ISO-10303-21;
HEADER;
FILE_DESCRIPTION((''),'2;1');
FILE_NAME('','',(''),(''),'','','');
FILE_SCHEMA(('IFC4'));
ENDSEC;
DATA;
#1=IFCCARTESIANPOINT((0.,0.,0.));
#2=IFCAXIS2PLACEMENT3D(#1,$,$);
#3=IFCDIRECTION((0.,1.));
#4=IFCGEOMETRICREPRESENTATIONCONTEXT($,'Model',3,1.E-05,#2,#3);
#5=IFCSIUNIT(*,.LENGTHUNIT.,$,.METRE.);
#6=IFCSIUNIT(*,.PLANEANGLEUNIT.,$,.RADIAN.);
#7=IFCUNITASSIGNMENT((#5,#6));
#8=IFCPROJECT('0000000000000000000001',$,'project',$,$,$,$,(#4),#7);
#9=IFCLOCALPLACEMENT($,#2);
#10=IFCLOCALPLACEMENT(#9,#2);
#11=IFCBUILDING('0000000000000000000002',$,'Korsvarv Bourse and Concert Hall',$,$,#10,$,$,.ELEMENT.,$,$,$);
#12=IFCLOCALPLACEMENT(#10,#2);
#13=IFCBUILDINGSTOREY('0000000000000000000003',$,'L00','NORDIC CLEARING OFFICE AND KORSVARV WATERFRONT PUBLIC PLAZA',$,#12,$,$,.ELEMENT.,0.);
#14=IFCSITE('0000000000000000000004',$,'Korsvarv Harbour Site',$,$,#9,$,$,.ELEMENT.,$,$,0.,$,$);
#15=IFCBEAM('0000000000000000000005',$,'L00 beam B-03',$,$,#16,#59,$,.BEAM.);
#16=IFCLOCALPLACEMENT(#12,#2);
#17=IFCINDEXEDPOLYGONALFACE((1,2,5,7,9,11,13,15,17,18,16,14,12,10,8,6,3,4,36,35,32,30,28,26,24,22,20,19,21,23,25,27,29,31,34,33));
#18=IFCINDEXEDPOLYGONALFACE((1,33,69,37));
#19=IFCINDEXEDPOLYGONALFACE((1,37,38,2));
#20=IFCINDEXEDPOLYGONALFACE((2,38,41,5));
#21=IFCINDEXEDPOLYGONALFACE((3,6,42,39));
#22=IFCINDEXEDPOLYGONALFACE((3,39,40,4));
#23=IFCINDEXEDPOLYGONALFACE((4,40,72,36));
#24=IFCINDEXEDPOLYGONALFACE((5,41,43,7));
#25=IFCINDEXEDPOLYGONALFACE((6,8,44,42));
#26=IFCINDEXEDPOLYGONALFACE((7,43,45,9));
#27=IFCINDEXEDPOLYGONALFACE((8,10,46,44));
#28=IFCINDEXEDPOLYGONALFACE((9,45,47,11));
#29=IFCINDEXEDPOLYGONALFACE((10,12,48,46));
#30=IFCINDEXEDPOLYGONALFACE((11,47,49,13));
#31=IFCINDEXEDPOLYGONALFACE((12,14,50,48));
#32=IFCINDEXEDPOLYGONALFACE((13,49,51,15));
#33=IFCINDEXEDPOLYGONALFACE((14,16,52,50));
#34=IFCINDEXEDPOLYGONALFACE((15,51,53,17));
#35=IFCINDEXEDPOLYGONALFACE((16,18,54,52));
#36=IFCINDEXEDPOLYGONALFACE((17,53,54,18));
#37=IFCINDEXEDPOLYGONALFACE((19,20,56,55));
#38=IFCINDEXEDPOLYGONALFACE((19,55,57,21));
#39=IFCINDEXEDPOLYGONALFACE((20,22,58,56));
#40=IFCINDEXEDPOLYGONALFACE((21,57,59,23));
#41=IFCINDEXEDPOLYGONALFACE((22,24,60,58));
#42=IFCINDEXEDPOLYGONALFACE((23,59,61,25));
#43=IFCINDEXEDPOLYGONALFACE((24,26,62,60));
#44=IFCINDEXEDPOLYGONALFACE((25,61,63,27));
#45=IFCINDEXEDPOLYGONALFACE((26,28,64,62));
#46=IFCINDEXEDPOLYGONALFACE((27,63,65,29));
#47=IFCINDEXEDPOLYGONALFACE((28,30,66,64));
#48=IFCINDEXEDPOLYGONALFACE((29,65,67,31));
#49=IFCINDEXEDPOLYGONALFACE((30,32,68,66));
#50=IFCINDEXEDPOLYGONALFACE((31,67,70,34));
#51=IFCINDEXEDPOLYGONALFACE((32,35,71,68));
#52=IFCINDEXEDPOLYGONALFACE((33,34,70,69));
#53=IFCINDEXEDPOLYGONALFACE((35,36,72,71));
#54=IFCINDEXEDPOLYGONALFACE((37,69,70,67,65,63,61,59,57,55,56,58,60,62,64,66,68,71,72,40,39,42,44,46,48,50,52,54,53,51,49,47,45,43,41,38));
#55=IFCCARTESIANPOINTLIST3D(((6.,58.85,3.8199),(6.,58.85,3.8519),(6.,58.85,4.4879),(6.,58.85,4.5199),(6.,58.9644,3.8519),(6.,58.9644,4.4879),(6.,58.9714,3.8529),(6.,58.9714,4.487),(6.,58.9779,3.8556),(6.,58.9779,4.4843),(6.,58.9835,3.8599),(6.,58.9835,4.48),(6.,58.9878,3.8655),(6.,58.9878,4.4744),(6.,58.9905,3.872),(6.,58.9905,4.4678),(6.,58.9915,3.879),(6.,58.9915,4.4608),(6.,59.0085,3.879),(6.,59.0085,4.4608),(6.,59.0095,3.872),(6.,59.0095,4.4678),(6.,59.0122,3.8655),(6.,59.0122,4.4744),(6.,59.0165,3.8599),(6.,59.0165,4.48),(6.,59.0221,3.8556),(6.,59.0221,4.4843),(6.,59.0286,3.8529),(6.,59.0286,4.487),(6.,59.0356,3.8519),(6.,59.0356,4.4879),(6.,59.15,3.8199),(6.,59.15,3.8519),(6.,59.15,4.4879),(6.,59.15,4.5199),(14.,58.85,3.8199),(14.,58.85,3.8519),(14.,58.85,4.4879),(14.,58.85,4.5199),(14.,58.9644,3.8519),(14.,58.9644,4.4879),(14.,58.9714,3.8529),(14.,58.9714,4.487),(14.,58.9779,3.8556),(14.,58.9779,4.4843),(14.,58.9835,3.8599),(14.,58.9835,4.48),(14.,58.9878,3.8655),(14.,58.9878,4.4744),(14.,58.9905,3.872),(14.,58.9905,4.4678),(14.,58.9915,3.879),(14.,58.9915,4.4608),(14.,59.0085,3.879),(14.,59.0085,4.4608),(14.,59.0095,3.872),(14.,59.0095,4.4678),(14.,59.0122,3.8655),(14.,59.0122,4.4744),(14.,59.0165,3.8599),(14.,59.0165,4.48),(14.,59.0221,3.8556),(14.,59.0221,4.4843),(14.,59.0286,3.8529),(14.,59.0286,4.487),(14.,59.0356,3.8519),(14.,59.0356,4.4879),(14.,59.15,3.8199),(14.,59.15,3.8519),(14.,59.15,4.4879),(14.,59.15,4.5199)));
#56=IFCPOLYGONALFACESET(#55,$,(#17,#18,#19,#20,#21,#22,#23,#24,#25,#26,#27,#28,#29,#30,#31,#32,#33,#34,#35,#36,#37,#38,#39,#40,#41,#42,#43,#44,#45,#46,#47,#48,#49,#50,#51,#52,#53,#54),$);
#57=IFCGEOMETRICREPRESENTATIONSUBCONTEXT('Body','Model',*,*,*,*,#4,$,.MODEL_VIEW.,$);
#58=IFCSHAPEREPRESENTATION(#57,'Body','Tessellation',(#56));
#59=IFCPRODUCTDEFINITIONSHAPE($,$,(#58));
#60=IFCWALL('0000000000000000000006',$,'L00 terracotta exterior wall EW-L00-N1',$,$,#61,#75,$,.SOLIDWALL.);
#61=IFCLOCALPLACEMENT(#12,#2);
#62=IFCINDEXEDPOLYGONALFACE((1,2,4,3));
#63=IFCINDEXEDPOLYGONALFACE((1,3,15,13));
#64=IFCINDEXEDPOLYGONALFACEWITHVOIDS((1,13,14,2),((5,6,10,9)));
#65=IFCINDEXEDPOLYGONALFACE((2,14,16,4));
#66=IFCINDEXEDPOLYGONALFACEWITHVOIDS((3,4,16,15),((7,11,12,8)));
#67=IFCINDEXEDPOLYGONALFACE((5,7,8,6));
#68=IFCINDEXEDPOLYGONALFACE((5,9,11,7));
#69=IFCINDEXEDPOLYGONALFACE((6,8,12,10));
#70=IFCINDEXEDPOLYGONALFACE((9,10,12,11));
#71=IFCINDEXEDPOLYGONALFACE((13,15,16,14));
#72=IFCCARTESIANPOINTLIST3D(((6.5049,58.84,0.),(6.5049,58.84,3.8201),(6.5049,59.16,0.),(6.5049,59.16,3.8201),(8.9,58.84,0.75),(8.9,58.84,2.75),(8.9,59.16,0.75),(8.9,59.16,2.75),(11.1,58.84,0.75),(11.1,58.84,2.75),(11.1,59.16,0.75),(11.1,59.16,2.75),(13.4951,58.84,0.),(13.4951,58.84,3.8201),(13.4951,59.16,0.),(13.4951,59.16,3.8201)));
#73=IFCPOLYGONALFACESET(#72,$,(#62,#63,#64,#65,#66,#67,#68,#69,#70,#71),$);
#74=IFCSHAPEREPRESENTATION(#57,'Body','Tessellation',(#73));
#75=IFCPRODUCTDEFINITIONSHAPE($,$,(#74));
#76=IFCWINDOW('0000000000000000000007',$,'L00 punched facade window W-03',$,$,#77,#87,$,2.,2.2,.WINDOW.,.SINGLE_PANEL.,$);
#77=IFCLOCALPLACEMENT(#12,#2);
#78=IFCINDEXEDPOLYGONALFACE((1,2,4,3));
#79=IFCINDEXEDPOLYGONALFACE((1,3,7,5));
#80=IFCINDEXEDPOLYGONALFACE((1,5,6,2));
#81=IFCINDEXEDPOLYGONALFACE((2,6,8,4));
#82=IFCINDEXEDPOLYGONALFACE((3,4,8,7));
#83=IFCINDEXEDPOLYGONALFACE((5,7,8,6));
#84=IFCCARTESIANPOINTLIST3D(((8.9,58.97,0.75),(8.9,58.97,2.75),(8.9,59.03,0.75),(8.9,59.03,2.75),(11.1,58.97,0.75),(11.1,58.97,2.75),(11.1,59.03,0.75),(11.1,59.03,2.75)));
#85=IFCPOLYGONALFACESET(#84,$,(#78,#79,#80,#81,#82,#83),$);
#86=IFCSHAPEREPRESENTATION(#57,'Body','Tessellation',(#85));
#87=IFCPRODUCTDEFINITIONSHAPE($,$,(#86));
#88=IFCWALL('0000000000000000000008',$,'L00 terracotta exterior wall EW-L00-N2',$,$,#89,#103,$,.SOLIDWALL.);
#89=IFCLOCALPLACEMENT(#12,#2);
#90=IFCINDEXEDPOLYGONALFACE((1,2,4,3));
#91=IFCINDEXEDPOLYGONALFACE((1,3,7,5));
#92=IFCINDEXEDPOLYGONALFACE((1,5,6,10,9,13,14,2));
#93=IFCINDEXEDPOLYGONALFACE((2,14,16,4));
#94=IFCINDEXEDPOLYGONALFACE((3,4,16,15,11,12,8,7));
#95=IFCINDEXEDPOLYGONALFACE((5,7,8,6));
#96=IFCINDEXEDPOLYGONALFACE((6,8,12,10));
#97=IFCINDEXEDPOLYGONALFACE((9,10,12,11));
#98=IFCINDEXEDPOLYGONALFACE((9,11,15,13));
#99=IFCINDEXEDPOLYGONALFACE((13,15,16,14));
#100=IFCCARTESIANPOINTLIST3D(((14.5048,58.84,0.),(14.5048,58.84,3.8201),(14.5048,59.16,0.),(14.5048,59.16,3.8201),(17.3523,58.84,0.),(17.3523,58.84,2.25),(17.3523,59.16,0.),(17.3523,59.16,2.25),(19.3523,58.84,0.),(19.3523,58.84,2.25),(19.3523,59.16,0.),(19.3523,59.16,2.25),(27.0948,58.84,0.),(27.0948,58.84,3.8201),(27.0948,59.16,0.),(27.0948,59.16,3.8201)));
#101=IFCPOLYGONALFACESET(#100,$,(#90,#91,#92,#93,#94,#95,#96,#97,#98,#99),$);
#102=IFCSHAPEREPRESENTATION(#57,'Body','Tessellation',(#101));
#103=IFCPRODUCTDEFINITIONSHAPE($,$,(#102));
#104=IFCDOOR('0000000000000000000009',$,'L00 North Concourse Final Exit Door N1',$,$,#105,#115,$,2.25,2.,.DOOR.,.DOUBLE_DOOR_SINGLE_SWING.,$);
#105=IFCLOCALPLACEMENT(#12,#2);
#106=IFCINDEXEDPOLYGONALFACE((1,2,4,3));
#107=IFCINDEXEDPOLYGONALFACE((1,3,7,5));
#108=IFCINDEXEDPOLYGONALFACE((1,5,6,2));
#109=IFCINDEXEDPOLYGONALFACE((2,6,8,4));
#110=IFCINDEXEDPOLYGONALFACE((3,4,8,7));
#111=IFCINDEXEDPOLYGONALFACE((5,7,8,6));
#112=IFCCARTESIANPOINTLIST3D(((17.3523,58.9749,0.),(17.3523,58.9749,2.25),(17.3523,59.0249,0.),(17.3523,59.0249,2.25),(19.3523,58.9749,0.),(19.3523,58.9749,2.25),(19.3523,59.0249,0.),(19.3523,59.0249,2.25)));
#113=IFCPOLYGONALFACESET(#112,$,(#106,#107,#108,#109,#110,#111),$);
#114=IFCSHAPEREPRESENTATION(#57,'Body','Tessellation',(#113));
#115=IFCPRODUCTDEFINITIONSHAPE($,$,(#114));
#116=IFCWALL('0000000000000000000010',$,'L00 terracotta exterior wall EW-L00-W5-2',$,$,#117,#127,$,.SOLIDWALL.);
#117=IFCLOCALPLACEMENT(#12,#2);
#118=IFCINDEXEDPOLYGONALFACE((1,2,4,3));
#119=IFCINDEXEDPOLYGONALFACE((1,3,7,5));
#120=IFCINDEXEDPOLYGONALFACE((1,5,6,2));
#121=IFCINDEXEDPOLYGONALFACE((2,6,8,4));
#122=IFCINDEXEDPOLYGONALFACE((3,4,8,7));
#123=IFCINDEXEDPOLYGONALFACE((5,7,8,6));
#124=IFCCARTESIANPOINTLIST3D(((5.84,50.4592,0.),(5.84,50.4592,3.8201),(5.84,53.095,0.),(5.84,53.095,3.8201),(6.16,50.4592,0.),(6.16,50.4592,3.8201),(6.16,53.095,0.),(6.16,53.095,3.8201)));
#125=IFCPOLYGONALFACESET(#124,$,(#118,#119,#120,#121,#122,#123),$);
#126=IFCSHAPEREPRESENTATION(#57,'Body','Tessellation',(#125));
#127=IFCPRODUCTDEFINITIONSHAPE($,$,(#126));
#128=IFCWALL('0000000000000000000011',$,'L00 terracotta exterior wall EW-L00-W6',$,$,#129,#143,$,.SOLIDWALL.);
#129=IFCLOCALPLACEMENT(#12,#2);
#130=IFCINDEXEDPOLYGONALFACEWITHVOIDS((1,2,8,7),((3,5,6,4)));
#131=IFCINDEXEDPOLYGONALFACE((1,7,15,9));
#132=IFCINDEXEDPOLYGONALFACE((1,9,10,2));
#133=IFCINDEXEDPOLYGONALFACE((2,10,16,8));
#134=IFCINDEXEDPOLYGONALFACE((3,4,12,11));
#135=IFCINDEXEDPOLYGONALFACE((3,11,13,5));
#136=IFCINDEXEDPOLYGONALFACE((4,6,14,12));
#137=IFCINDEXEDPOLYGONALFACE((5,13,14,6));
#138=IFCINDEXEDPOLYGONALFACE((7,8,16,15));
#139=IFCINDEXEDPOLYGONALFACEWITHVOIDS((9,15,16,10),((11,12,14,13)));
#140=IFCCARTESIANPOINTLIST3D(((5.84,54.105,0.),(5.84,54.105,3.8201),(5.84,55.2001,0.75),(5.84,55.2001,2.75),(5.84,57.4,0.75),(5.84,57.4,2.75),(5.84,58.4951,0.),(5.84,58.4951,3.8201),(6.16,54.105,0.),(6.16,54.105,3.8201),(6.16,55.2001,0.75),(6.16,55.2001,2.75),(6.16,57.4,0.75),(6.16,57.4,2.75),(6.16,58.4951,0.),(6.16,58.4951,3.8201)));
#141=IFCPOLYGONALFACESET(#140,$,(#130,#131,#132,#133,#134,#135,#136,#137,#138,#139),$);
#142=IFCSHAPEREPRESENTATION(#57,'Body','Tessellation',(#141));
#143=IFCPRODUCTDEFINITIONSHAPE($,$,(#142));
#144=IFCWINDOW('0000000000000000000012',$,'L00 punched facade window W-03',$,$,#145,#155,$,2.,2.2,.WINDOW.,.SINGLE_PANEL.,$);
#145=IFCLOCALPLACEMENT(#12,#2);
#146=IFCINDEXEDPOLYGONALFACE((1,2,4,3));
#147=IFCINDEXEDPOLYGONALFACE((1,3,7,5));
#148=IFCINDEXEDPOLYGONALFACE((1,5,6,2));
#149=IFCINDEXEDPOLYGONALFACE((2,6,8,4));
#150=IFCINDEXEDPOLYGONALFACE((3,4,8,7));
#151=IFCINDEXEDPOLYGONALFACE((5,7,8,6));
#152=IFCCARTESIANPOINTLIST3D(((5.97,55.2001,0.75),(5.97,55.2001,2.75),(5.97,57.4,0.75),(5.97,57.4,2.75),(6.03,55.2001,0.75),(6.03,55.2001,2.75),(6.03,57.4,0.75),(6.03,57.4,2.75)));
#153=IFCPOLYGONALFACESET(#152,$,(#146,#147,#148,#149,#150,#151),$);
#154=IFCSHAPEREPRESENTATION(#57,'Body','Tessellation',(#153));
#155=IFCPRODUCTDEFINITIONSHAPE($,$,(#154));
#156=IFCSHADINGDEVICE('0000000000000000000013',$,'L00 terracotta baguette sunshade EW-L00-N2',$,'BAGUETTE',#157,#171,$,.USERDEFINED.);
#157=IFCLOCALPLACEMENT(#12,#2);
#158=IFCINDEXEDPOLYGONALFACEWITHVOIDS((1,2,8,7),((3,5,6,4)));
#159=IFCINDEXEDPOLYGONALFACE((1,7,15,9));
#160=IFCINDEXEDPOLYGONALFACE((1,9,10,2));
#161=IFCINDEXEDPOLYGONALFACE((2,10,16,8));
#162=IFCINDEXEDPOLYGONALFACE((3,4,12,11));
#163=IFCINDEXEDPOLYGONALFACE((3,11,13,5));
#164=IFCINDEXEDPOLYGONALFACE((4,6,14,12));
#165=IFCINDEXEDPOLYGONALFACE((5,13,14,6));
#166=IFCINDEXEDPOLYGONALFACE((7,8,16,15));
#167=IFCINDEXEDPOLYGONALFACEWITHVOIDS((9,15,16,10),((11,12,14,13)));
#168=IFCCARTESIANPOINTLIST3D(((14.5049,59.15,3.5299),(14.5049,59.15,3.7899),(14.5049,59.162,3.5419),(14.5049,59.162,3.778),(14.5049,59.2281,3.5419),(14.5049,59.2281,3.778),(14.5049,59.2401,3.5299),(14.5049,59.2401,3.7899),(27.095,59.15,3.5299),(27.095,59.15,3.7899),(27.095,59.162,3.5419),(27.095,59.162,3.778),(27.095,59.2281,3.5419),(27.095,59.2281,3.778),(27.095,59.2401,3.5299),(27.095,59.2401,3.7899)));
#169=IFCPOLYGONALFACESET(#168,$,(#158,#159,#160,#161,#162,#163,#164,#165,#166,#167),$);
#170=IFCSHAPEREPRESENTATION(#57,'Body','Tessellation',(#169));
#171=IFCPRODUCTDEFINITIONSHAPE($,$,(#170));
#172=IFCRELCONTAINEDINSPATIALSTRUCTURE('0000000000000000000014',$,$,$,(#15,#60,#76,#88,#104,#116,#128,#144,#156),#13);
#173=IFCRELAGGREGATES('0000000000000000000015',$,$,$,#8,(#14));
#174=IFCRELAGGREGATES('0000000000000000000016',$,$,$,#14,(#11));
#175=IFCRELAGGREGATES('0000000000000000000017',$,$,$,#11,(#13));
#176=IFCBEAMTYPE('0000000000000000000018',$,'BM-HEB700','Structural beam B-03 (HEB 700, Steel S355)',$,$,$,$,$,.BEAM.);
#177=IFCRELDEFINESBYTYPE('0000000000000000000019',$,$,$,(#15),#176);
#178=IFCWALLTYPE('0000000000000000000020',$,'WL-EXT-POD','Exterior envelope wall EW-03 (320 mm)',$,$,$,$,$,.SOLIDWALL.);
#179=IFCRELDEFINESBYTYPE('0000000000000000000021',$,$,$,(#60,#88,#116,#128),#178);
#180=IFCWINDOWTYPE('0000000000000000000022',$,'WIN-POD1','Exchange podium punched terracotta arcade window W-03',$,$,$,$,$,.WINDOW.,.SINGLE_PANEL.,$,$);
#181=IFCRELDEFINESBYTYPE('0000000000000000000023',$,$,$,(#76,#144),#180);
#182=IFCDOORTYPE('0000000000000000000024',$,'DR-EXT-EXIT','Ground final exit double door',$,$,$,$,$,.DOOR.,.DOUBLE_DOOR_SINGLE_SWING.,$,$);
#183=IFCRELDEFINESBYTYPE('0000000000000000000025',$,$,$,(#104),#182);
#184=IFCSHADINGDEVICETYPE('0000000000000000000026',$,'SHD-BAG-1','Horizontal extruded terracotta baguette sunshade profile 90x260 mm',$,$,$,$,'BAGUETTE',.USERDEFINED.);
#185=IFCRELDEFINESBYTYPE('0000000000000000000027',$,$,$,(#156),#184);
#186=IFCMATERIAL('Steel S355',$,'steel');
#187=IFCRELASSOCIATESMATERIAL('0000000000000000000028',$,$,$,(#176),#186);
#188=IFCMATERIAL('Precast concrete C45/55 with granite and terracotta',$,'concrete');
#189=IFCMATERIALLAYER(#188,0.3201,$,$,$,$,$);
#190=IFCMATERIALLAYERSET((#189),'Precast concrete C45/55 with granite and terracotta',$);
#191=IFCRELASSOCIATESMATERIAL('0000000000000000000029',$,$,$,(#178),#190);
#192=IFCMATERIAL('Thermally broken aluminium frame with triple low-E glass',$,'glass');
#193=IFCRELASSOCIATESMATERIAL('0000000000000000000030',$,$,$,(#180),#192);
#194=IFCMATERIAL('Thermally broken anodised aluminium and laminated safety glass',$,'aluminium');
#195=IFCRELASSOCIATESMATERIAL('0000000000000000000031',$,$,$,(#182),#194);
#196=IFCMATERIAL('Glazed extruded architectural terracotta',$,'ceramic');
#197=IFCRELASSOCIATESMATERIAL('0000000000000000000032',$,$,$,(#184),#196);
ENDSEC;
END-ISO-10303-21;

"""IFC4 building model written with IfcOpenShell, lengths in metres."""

from ifc_helpers import new_model, si_unit, direction, frame, frame_2d, origin, origin_2d, place, context, subcontext, project, spatial, rectangle, hollow_rectangle, i_section, extrude, source, transform, mapped, material, layer, layer_set, material_profile, profile_set, type_object, element, fill, save


model = new_model("IFC4")

# Units and contexts
model_context = context("Model", 3, precision=1e-05, world=origin(), true_north=direction((0.0, 1.0)))
body_context = subcontext(model_context, "Body", "Model", "MODEL_VIEW")
ifc_project = project(units=[si_unit("LENGTHUNIT", "METRE"), si_unit("PLANEANGLEUNIT", "RADIAN")], contexts=[model_context])

# Site, building, storey
site_placement = place(None, origin())
site = spatial("IfcSite", under=ifc_project, at=site_placement, Name="Korsvarv Harbour Site", CompositionType="ELEMENT", RefElevation=0.0)
building_placement = place(site_placement, origin())
building = spatial("IfcBuilding", under=site, at=building_placement, Name="Korsvarv Bourse and Concert Hall", CompositionType="ELEMENT")
storey_placement = place(building_placement, origin())
storey = spatial("IfcBuildingStorey", under=building, at=storey_placement, Name="L00", Description="NORDIC CLEARING OFFICE AND KORSVARV WATERFRONT PUBLIC PLAZA", CompositionType="ELEMENT", Elevation=0.0)

# Beam
ifc_material_1 = material(Name="Steel S355", Category="steel")
ifc_material_profile_1 = material_profile(ifc_material_1, i_section(OverallWidth=0.3, OverallDepth=0.7, WebThickness=0.0171, FlangeThickness=0.032, FilletRadius=0.0271, at=origin_2d()), Name="HEB 700")
ifc_profile_set_1 = profile_set([ifc_material_profile_1], Name="Steel S355")
beam_type = type_object("IfcBeamType", Name="BM-HEB700", Description="Structural beam B-03 (HEB 700, Steel S355)", PredefinedType="BEAM", material=ifc_profile_set_1)
shared_shape_1 = source(origin(), body_context, "Body", "SweptSolid", [
    extrude(i_section(OverallWidth=0.3, OverallDepth=0.7, WebThickness=0.0171, FlangeThickness=0.032, FilletRadius=0.0271, at=origin_2d()), origin(), (0.0, 0.0, 1.0), 8.0),
])
beam_1_placement = place(storey_placement, frame((6.0, 59.0, 4.1699), z_axis=(1.0, 0.0, 0.0), x_axis=(0.0, 1.0, 0.0)))
element("IfcBeam", 1, at=beam_1_placement, inside=storey, type_object=beam_type, Name="L00 beam B-03", PredefinedType="BEAM", context=body_context, shape_type="MappedRepresentation", body=[
    mapped(shared_shape_1, transform((0.0, 0.0, 0.0), scale=1.0)),
])

# Wall, opening, window
ifc_material_2 = material(Name="Precast concrete C45/55 with granite and terracotta", Category="concrete")
ifc_layer = layer(ifc_material_2, 0.3201)
ifc_layer_set = layer_set([ifc_layer], Name="Precast concrete C45/55 with granite and terracotta")
wall_type = type_object("IfcWallType", Name="WL-EXT-POD", Description="Exterior envelope wall EW-03 (320 mm)", PredefinedType="SOLIDWALL", material=ifc_layer_set)
wall_1_placement = place(storey_placement, frame((6.5049, 59.0, 0.0), z_axis=(0.0, 0.0, 1.0), x_axis=(1.0, 0.0, 0.0)))
wall_1 = element("IfcWall", 2, at=wall_1_placement, inside=storey, type_object=wall_type, Name="L00 terracotta exterior wall EW-L00-N1", PredefinedType="SOLIDWALL", context=body_context, shape_type="SweptSolid", body=[
    extrude(rectangle(XDim=6.9902, YDim=0.3201, at=frame_2d((3.4951, 0.0))), origin(), (0.0, 0.0, 1.0), 3.8201),
])
opening_1_placement = place(wall_1_placement, frame((2.395, 0.0, 0.75)))
opening_1 = element("IfcOpeningElement", 3, at=opening_1_placement, cuts=wall_1, PredefinedType="OPENING", context=body_context, shape_type="SweptSolid", body=[
    extrude(rectangle(XDim=2.2, YDim=2.0, at=frame_2d((1.1001, 1.0))), frame((0.0, 0.1699, 0.0), z_axis=(0.0, -1.0, 0.0), x_axis=(1.0, 0.0, 0.0)), (0.0, 0.0, 1.0), 0.3401),
])
ifc_material_3 = material(Name="Thermally broken aluminium frame with triple low-E glass", Category="glass")
window_type = type_object("IfcWindowType", Name="WIN-POD1", Description="Exchange podium punched terracotta arcade window W-03", PartitioningType="SINGLE_PANEL", PredefinedType="WINDOW", material=ifc_material_3)
window_1_placement = place(opening_1_placement, origin())
window_1 = element("IfcWindow", 4, at=window_1_placement, inside=storey, type_object=window_type, Name="L00 punched facade window W-03", OverallHeight=2.0, OverallWidth=2.2, PartitioningType="SINGLE_PANEL", PredefinedType="WINDOW", context=body_context, shape_type="SweptSolid", body=[
    extrude(rectangle(XDim=2.2, YDim=2.0, at=frame_2d((1.1001, 1.0))), frame((0.0, 0.03, 0.0), z_axis=(0.0, -1.0, 0.0), x_axis=(1.0, 0.0, 0.0)), (0.0, 0.0, 1.0), 0.0601),
])
fill(opening_1, window_1)

# Wall, opening, door
wall_2_placement = place(storey_placement, frame((14.5049, 59.0, 0.0), z_axis=(0.0, 0.0, 1.0), x_axis=(1.0, 0.0, 0.0)))
wall_2 = element("IfcWall", 5, at=wall_2_placement, inside=storey, type_object=wall_type, Name="L00 terracotta exterior wall EW-L00-N2", PredefinedType="SOLIDWALL", context=body_context, shape_type="SweptSolid", body=[
    extrude(rectangle(XDim=12.5901, YDim=0.3201, at=frame_2d((6.2949, 0.0))), origin(), (0.0, 0.0, 1.0), 3.8201),
])
opening_2_placement = place(wall_2_placement, frame((2.8474, 0.0, 0.0)))
opening_2 = element("IfcOpeningElement", 6, at=opening_2_placement, cuts=wall_2, PredefinedType="OPENING", context=body_context, shape_type="SweptSolid", body=[
    extrude(rectangle(XDim=2.0, YDim=2.25, at=frame_2d((1.0, 1.125))), frame((0.0, 0.1699, 0.0), z_axis=(0.0, -1.0, 0.0), x_axis=(1.0, 0.0, 0.0)), (0.0, 0.0, 1.0), 0.3401),
])
ifc_material_4 = material(Name="Thermally broken anodised aluminium and laminated safety glass", Category="aluminium")
door_type = type_object("IfcDoorType", Name="DR-EXT-EXIT", Description="Ground final exit double door", OperationType="DOUBLE_DOOR_SINGLE_SWING", PredefinedType="DOOR", material=ifc_material_4)
door_placement = place(opening_2_placement, origin())
door = element("IfcDoor", 7, at=door_placement, inside=storey, type_object=door_type, Name="L00 North Concourse Final Exit Door N1", OperationType="DOUBLE_DOOR_SINGLE_SWING", OverallHeight=2.25, OverallWidth=2.0, PredefinedType="DOOR", context=body_context, shape_type="SweptSolid", body=[
    extrude(rectangle(XDim=2.0, YDim=2.25, at=frame_2d((1.0, 1.125))), frame((0.0, 0.0249, 0.0), z_axis=(0.0, -1.0, 0.0), x_axis=(1.0, 0.0, 0.0)), (0.0, 0.0, 1.0), 0.05),
])
fill(opening_2, door)

# Wall
wall_3_placement = place(storey_placement, frame((6.0, 50.4592, 0.0), z_axis=(0.0, 0.0, 1.0), x_axis=(0.0, 1.0, 0.0)))
element("IfcWall", 8, at=wall_3_placement, inside=storey, type_object=wall_type, Name="L00 terracotta exterior wall EW-L00-W5-2", PredefinedType="SOLIDWALL", context=body_context, shape_type="SweptSolid", body=[
    extrude(rectangle(XDim=2.6357, YDim=0.3201, at=frame_2d((1.3179, 0.0))), origin(), (0.0, 0.0, 1.0), 3.8201),
])

# Wall, opening, window
wall_4_placement = place(storey_placement, frame((6.0, 54.105, 0.0), z_axis=(0.0, 0.0, 1.0), x_axis=(0.0, 1.0, 0.0)))
wall_4 = element("IfcWall", 9, at=wall_4_placement, inside=storey, type_object=wall_type, Name="L00 terracotta exterior wall EW-L00-W6", PredefinedType="SOLIDWALL", context=body_context, shape_type="SweptSolid", body=[
    extrude(rectangle(XDim=4.3901, YDim=0.3201, at=frame_2d((2.1951, 0.0))), origin(), (0.0, 0.0, 1.0), 3.8201),
])
opening_3_placement = place(wall_4_placement, frame((1.095, 0.0, 0.75)))
opening_3 = element("IfcOpeningElement", 10, at=opening_3_placement, cuts=wall_4, PredefinedType="OPENING", context=body_context, shape_type="SweptSolid", body=[
    extrude(rectangle(XDim=2.2, YDim=2.0, at=frame_2d((1.1001, 1.0))), frame((0.0, 0.1699, 0.0), z_axis=(0.0, -1.0, 0.0), x_axis=(1.0, 0.0, 0.0)), (0.0, 0.0, 1.0), 0.3401),
])
window_2_placement = place(opening_3_placement, origin())
window_2 = element("IfcWindow", 11, at=window_2_placement, inside=storey, type_object=window_type, Name="L00 punched facade window W-03", OverallHeight=2.0, OverallWidth=2.2, PartitioningType="SINGLE_PANEL", PredefinedType="WINDOW", context=body_context, shape_type="SweptSolid", body=[
    extrude(rectangle(XDim=2.2, YDim=2.0, at=frame_2d((1.1001, 1.0))), frame((0.0, 0.03, 0.0), z_axis=(0.0, -1.0, 0.0), x_axis=(1.0, 0.0, 0.0)), (0.0, 0.0, 1.0), 0.0601),
])
fill(opening_3, window_2)

# Shading device
ifc_material_5 = material(Name="Glazed extruded architectural terracotta", Category="ceramic")
ifc_material_profile_2 = material_profile(ifc_material_5, hollow_rectangle(XDim=0.0901, YDim=0.26, WallThickness=0.012, at=origin_2d()), Name="TC-BAG 90x260")
ifc_profile_set_2 = profile_set([ifc_material_profile_2], Name="Glazed extruded architectural terracotta")
shading_device_type = type_object("IfcShadingDeviceType", Name="SHD-BAG-1", Description="Horizontal extruded terracotta baguette sunshade profile 90x260 mm", ElementType="BAGUETTE", PredefinedType="USERDEFINED", material=ifc_profile_set_2)
shared_shape_2 = source(origin(), body_context, "Body", "SweptSolid", [
    extrude(hollow_rectangle(XDim=0.0901, YDim=0.26, WallThickness=0.012, at=origin_2d()), origin(), (0.0, 0.0, 1.0), 12.5901),
])
shading_device_1_placement = place(storey_placement, frame((14.5049, 59.1951, 3.6599), z_axis=(1.0, 0.0, 0.0), x_axis=(0.0, 1.0, 0.0)))
element("IfcShadingDevice", 12, at=shading_device_1_placement, inside=storey, type_object=shading_device_type, Name="L00 terracotta baguette sunshade EW-L00-N2", ObjectType="BAGUETTE", PredefinedType="USERDEFINED", context=body_context, shape_type="MappedRepresentation", body=[
    mapped(shared_shape_2, transform((0.0, 0.0, 0.0), scale=1.0)),
])

save(model, "model.ifc")
